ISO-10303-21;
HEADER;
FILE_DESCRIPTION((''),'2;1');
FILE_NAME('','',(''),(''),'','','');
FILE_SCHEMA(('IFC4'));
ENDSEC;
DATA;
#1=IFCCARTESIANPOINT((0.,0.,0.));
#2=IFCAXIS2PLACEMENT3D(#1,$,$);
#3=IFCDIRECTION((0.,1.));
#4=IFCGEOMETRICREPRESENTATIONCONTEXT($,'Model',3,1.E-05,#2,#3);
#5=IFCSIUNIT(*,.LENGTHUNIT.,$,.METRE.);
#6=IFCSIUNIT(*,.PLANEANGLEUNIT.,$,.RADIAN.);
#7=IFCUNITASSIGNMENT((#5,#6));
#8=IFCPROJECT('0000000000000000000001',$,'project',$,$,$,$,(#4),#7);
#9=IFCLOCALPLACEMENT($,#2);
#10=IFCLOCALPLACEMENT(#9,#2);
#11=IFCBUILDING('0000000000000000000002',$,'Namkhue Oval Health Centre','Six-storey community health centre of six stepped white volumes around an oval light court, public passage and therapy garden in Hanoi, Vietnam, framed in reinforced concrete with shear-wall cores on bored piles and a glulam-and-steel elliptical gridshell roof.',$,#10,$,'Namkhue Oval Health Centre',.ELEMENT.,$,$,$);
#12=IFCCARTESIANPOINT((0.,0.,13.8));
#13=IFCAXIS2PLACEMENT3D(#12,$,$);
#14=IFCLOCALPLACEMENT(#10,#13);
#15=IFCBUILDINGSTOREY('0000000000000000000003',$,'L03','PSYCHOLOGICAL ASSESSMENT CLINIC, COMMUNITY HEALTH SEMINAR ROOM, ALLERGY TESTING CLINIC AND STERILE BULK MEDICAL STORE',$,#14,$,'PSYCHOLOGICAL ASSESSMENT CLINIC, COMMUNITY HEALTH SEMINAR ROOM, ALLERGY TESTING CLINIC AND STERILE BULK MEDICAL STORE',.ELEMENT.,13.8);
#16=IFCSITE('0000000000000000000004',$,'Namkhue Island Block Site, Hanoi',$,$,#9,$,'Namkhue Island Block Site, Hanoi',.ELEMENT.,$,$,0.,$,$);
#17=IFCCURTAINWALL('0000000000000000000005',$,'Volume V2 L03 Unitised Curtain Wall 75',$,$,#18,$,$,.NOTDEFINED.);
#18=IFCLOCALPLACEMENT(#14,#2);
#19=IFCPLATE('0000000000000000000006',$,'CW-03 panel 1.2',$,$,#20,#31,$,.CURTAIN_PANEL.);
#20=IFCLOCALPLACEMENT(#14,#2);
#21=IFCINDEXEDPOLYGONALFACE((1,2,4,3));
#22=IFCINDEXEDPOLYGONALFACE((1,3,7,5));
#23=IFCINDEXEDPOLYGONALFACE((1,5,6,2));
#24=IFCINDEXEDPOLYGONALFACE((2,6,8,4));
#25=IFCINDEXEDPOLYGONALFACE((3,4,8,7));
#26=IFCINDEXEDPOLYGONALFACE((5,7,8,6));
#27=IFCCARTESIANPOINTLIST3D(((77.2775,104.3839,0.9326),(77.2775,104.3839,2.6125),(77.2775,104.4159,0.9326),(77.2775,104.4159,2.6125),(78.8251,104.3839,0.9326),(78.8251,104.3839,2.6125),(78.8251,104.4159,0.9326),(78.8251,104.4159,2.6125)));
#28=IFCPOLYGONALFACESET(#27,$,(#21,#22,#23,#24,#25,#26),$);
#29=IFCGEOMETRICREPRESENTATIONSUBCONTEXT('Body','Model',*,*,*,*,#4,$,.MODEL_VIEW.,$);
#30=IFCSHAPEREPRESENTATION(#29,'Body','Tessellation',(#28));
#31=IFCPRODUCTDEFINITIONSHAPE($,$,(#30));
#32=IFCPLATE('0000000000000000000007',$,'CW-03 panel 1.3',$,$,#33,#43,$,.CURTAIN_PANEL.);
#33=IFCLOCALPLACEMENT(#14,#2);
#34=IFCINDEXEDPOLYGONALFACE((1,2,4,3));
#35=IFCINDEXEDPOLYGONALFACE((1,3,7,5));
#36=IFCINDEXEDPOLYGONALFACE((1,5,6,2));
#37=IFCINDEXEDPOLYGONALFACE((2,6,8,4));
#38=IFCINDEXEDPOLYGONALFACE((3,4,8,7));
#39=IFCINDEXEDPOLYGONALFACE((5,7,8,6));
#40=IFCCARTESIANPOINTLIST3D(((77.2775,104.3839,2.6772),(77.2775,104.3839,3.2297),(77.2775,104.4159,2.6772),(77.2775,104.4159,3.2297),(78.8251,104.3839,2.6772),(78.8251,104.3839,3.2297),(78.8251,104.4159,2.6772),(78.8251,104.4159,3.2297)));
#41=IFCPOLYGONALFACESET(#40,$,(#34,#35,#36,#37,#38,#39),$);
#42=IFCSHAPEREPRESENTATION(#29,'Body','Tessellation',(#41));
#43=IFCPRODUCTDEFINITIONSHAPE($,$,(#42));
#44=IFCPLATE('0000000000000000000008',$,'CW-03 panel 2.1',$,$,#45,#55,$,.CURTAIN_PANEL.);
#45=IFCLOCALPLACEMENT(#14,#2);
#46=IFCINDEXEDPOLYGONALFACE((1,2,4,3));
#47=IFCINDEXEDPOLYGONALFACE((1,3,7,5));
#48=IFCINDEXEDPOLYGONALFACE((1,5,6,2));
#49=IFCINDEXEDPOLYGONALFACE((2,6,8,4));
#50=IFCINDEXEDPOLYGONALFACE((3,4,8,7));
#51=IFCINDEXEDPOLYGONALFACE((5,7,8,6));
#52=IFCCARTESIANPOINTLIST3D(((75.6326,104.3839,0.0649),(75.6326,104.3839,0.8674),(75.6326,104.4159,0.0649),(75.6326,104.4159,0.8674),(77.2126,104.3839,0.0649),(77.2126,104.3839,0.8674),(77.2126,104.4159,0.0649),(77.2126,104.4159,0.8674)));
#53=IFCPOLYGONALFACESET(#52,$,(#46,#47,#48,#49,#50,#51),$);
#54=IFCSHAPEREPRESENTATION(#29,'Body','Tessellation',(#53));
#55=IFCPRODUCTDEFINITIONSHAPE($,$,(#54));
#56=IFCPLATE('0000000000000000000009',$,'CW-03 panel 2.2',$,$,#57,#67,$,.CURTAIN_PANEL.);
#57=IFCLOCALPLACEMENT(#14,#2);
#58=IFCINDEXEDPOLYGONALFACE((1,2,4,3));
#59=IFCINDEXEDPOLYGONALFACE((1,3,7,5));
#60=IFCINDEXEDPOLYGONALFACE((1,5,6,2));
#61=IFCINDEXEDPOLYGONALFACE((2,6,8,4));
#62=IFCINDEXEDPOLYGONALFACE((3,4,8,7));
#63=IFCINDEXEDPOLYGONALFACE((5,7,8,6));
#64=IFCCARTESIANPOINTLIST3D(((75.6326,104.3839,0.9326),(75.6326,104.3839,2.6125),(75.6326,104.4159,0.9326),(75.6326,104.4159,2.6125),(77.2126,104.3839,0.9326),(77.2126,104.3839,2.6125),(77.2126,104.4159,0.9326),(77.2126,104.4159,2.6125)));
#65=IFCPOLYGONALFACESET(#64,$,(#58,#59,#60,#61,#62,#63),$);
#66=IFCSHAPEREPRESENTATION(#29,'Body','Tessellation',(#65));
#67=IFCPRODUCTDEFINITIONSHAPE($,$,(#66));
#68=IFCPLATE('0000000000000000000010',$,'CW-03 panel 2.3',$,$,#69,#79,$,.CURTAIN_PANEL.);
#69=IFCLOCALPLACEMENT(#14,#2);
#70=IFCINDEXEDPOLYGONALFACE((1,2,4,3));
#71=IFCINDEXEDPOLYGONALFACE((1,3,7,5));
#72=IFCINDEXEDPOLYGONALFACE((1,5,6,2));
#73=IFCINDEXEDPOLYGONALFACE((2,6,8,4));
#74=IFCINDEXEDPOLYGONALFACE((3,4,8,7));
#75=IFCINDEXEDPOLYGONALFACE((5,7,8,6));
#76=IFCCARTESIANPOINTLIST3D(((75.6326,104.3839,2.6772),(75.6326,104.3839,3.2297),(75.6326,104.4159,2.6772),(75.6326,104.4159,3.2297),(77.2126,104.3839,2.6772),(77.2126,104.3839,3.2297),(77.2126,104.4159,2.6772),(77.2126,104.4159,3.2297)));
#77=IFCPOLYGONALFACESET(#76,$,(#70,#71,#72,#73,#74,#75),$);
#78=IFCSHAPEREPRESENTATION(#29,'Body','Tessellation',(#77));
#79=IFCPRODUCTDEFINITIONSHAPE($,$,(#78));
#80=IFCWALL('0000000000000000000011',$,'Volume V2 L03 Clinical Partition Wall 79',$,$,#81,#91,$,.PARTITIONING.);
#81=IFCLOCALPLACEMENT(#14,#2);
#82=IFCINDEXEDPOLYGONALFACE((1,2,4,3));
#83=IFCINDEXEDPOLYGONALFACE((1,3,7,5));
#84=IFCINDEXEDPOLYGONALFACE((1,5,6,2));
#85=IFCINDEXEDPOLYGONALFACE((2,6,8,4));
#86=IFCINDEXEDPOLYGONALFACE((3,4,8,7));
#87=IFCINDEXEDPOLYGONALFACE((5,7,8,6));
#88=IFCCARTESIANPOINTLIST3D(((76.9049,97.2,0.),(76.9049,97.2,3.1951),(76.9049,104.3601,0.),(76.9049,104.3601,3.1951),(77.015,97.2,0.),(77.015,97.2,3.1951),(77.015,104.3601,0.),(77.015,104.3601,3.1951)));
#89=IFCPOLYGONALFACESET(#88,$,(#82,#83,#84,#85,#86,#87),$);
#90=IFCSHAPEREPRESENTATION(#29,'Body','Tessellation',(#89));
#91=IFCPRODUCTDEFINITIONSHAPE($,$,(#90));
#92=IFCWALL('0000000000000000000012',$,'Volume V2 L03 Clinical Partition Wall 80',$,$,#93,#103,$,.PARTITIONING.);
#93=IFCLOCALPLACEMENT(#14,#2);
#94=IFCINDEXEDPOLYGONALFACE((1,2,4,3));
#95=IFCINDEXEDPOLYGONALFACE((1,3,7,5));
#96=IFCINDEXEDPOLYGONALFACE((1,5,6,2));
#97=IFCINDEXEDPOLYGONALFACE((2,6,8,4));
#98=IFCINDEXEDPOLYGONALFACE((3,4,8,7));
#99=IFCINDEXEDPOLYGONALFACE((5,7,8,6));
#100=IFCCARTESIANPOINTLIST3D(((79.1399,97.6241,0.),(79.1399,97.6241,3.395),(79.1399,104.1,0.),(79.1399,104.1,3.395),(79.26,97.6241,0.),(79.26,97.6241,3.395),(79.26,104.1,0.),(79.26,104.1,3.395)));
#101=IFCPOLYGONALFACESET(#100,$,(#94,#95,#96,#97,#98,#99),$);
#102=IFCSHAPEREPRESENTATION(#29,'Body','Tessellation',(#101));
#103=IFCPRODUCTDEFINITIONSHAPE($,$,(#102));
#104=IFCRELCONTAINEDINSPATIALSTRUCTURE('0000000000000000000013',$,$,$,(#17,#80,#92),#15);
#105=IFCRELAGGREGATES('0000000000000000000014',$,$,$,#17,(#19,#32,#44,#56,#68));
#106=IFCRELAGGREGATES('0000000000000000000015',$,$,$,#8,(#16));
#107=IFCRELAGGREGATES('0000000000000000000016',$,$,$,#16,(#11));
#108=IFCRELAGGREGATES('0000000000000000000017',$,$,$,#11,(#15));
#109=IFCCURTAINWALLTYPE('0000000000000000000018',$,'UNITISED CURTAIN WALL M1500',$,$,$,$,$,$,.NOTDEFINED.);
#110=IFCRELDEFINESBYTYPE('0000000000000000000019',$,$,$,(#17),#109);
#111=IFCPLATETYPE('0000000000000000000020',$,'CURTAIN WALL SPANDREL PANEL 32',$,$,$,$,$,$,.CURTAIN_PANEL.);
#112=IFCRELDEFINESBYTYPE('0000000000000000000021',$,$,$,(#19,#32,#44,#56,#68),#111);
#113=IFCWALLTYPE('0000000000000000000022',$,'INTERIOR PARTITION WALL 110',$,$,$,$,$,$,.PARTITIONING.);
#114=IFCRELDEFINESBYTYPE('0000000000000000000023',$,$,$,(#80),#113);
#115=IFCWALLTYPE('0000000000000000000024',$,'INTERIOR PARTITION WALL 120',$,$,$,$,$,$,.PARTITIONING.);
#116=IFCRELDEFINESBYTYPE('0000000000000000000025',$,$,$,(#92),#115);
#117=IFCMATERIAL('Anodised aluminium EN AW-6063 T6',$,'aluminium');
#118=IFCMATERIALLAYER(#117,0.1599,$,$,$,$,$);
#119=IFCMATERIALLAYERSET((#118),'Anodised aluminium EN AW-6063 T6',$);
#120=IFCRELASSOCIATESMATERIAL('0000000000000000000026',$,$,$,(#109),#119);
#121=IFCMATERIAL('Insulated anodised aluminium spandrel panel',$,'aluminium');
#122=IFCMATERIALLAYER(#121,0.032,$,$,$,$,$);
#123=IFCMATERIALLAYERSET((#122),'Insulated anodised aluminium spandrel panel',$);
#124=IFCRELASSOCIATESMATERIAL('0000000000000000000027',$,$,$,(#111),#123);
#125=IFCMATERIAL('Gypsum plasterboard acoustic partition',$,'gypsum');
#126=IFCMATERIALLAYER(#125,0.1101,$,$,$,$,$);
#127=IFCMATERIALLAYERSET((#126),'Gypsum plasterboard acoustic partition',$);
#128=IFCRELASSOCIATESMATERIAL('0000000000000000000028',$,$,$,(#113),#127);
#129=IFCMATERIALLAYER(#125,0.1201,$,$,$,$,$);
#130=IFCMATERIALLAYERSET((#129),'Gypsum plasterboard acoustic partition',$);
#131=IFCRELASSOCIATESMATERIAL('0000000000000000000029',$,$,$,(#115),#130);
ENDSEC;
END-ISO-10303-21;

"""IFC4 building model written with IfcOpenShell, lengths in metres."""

from ifc_helpers import new_model, si_unit, direction, frame, frame_2d, origin, origin_2d, place, context, subcontext, project, spatial, rectangle, extrude, material, layer, layer_set, type_object, element, aggregate, save


model = new_model("IFC4")

# Units and contexts
model_context = context("Model", 3, precision=1e-05, world=origin(), true_north=direction((0.0, 1.0)))
body_context = subcontext(model_context, "Body", "Model", "MODEL_VIEW")
ifc_project = project(units=[si_unit("LENGTHUNIT", "METRE"), si_unit("PLANEANGLEUNIT", "RADIAN")], contexts=[model_context])

# Site, building, storey
site_placement = place(None, origin())
site = spatial("IfcSite", under=ifc_project, at=site_placement, Name="Namkhue Island Block Site, Hanoi", LongName="Namkhue Island Block Site, Hanoi", CompositionType="ELEMENT", RefElevation=0.0)
building_placement = place(site_placement, origin())
building = spatial("IfcBuilding", under=site, at=building_placement, Name="Namkhue Oval Health Centre", Description="Six-storey community health centre of six stepped white volumes around an oval light court, public passage and therapy garden in Hanoi, Vietnam, framed in reinforced concrete with shear-wall cores on bored piles and a glulam-and-steel elliptical gridshell roof.", LongName="Namkhue Oval Health Centre", CompositionType="ELEMENT")
storey_placement = place(building_placement, frame((0.0, 0.0, 13.8)))
storey = spatial("IfcBuildingStorey", under=building, at=storey_placement, Name="L03", Description="PSYCHOLOGICAL ASSESSMENT CLINIC, COMMUNITY HEALTH SEMINAR ROOM, ALLERGY TESTING CLINIC AND STERILE BULK MEDICAL STORE", LongName="PSYCHOLOGICAL ASSESSMENT CLINIC, COMMUNITY HEALTH SEMINAR ROOM, ALLERGY TESTING CLINIC AND STERILE BULK MEDICAL STORE", CompositionType="ELEMENT", Elevation=13.8)

# Curtain wall
ifc_material_1 = material(Name="Anodised aluminium EN AW-6063 T6", Category="aluminium")
ifc_layer_1 = layer(ifc_material_1, 0.1599)
ifc_layer_set_1 = layer_set([ifc_layer_1], Name="Anodised aluminium EN AW-6063 T6")
curtain_wall_type = type_object("IfcCurtainWallType", Name="UNITISED CURTAIN WALL M1500", PredefinedType="NOTDEFINED", material=ifc_layer_set_1)
curtain_wall_placement = place(storey_placement, origin())
curtain_wall = element("IfcCurtainWall", 1, at=curtain_wall_placement, inside=storey, type_object=curtain_wall_type, Name="Volume V2 L03 Unitised Curtain Wall 75", PredefinedType="NOTDEFINED")

# Plates
ifc_material_2 = material(Name="Insulated anodised aluminium spandrel panel", Category="aluminium")
ifc_layer_2 = layer(ifc_material_2, 0.032)
ifc_layer_set_2 = layer_set([ifc_layer_2], Name="Insulated anodised aluminium spandrel panel")
plate_type = type_object("IfcPlateType", Name="CURTAIN WALL SPANDREL PANEL 32", PredefinedType="CURTAIN_PANEL", material=ifc_layer_set_2)
plate_1_placement = place(storey_placement, frame((78.0513, 104.3999, 0.9326), z_axis=(0.0, 0.0, 1.0), x_axis=(-1.0, 0.0, 0.0)))
plate_1 = element("IfcPlate", 2, at=plate_1_placement, type_object=plate_type, Name="CW-03 panel 1.2", PredefinedType="CURTAIN_PANEL", context=body_context, shape_type="SweptSolid", body=[
    extrude(rectangle(XDim=1.5476, YDim=0.032, at=origin_2d()), origin(), (0.0, 0.0, 1.0), 1.6799),
])
plate_2_placement = place(storey_placement, frame((78.0513, 104.3999, 2.6772), z_axis=(0.0, 0.0, 1.0), x_axis=(-1.0, 0.0, 0.0)))
plate_2 = element("IfcPlate", 3, at=plate_2_placement, type_object=plate_type, Name="CW-03 panel 1.3", PredefinedType="CURTAIN_PANEL", context=body_context, shape_type="SweptSolid", body=[
    extrude(rectangle(XDim=1.5476, YDim=0.032, at=origin_2d()), origin(), (0.0, 0.0, 1.0), 0.5525),
])
plate_3_placement = place(storey_placement, frame((76.4226, 104.3999, 0.0649), z_axis=(0.0, 0.0, 1.0), x_axis=(-1.0, 0.0, 0.0)))
plate_3 = element("IfcPlate", 4, at=plate_3_placement, type_object=plate_type, Name="CW-03 panel 2.1", PredefinedType="CURTAIN_PANEL", context=body_context, shape_type="SweptSolid", body=[
    extrude(rectangle(XDim=1.5801, YDim=0.032, at=origin_2d()), origin(), (0.0, 0.0, 1.0), 0.8025),
])
plate_4_placement = place(storey_placement, frame((76.4226, 104.3999, 0.9326), z_axis=(0.0, 0.0, 1.0), x_axis=(-1.0, 0.0, 0.0)))
plate_4 = element("IfcPlate", 5, at=plate_4_placement, type_object=plate_type, Name="CW-03 panel 2.2", PredefinedType="CURTAIN_PANEL", context=body_context, shape_type="SweptSolid", body=[
    extrude(rectangle(XDim=1.5801, YDim=0.032, at=origin_2d()), origin(), (0.0, 0.0, 1.0), 1.6799),
])
plate_5_placement = place(storey_placement, frame((76.4226, 104.3999, 2.6772), z_axis=(0.0, 0.0, 1.0), x_axis=(-1.0, 0.0, 0.0)))
plate_5 = element("IfcPlate", 6, at=plate_5_placement, type_object=plate_type, Name="CW-03 panel 2.3", PredefinedType="CURTAIN_PANEL", context=body_context, shape_type="SweptSolid", body=[
    extrude(rectangle(XDim=1.5801, YDim=0.032, at=origin_2d()), origin(), (0.0, 0.0, 1.0), 0.5525),
])
aggregate(curtain_wall, [plate_1, plate_2, plate_3, plate_4, plate_5])

# Walls
ifc_material_3 = material(Name="Gypsum plasterboard acoustic partition", Category="gypsum")
ifc_layer_3 = layer(ifc_material_3, 0.1101)
ifc_layer_set_3 = layer_set([ifc_layer_3], Name="Gypsum plasterboard acoustic partition")
wall_type_1 = type_object("IfcWallType", Name="INTERIOR PARTITION WALL 110", PredefinedType="PARTITIONING", material=ifc_layer_set_3)
wall_1_placement = place(storey_placement, frame((76.96, 97.2, 0.0), z_axis=(0.0, 0.0, 1.0), x_axis=(0.0, 1.0, 0.0)))
element("IfcWall", 7, at=wall_1_placement, inside=storey, type_object=wall_type_1, Name="Volume V2 L03 Clinical Partition Wall 79", PredefinedType="PARTITIONING", context=body_context, shape_type="SweptSolid", body=[
    extrude(rectangle(XDim=7.1602, YDim=0.1101, at=frame_2d((3.5801, 0.0))), origin(), (0.0, 0.0, 1.0), 3.1951),
])
ifc_layer_4 = layer(ifc_material_3, 0.1201)
ifc_layer_set_4 = layer_set([ifc_layer_4], Name="Gypsum plasterboard acoustic partition")
wall_type_2 = type_object("IfcWallType", Name="INTERIOR PARTITION WALL 120", PredefinedType="PARTITIONING", material=ifc_layer_set_4)
wall_2_placement = place(storey_placement, frame((79.2, 97.6243, 0.0), z_axis=(0.0, 0.0, 1.0), x_axis=(0.0, 1.0, 0.0)))
element("IfcWall", 8, at=wall_2_placement, inside=storey, type_object=wall_type_2, Name="Volume V2 L03 Clinical Partition Wall 80", PredefinedType="PARTITIONING", context=body_context, shape_type="SweptSolid", body=[
    extrude(rectangle(XDim=6.4758, YDim=0.1201, at=frame_2d((3.2378, 0.0))), origin(), (0.0, 0.0, 1.0), 3.395),
])

save(model, "model.ifc")
